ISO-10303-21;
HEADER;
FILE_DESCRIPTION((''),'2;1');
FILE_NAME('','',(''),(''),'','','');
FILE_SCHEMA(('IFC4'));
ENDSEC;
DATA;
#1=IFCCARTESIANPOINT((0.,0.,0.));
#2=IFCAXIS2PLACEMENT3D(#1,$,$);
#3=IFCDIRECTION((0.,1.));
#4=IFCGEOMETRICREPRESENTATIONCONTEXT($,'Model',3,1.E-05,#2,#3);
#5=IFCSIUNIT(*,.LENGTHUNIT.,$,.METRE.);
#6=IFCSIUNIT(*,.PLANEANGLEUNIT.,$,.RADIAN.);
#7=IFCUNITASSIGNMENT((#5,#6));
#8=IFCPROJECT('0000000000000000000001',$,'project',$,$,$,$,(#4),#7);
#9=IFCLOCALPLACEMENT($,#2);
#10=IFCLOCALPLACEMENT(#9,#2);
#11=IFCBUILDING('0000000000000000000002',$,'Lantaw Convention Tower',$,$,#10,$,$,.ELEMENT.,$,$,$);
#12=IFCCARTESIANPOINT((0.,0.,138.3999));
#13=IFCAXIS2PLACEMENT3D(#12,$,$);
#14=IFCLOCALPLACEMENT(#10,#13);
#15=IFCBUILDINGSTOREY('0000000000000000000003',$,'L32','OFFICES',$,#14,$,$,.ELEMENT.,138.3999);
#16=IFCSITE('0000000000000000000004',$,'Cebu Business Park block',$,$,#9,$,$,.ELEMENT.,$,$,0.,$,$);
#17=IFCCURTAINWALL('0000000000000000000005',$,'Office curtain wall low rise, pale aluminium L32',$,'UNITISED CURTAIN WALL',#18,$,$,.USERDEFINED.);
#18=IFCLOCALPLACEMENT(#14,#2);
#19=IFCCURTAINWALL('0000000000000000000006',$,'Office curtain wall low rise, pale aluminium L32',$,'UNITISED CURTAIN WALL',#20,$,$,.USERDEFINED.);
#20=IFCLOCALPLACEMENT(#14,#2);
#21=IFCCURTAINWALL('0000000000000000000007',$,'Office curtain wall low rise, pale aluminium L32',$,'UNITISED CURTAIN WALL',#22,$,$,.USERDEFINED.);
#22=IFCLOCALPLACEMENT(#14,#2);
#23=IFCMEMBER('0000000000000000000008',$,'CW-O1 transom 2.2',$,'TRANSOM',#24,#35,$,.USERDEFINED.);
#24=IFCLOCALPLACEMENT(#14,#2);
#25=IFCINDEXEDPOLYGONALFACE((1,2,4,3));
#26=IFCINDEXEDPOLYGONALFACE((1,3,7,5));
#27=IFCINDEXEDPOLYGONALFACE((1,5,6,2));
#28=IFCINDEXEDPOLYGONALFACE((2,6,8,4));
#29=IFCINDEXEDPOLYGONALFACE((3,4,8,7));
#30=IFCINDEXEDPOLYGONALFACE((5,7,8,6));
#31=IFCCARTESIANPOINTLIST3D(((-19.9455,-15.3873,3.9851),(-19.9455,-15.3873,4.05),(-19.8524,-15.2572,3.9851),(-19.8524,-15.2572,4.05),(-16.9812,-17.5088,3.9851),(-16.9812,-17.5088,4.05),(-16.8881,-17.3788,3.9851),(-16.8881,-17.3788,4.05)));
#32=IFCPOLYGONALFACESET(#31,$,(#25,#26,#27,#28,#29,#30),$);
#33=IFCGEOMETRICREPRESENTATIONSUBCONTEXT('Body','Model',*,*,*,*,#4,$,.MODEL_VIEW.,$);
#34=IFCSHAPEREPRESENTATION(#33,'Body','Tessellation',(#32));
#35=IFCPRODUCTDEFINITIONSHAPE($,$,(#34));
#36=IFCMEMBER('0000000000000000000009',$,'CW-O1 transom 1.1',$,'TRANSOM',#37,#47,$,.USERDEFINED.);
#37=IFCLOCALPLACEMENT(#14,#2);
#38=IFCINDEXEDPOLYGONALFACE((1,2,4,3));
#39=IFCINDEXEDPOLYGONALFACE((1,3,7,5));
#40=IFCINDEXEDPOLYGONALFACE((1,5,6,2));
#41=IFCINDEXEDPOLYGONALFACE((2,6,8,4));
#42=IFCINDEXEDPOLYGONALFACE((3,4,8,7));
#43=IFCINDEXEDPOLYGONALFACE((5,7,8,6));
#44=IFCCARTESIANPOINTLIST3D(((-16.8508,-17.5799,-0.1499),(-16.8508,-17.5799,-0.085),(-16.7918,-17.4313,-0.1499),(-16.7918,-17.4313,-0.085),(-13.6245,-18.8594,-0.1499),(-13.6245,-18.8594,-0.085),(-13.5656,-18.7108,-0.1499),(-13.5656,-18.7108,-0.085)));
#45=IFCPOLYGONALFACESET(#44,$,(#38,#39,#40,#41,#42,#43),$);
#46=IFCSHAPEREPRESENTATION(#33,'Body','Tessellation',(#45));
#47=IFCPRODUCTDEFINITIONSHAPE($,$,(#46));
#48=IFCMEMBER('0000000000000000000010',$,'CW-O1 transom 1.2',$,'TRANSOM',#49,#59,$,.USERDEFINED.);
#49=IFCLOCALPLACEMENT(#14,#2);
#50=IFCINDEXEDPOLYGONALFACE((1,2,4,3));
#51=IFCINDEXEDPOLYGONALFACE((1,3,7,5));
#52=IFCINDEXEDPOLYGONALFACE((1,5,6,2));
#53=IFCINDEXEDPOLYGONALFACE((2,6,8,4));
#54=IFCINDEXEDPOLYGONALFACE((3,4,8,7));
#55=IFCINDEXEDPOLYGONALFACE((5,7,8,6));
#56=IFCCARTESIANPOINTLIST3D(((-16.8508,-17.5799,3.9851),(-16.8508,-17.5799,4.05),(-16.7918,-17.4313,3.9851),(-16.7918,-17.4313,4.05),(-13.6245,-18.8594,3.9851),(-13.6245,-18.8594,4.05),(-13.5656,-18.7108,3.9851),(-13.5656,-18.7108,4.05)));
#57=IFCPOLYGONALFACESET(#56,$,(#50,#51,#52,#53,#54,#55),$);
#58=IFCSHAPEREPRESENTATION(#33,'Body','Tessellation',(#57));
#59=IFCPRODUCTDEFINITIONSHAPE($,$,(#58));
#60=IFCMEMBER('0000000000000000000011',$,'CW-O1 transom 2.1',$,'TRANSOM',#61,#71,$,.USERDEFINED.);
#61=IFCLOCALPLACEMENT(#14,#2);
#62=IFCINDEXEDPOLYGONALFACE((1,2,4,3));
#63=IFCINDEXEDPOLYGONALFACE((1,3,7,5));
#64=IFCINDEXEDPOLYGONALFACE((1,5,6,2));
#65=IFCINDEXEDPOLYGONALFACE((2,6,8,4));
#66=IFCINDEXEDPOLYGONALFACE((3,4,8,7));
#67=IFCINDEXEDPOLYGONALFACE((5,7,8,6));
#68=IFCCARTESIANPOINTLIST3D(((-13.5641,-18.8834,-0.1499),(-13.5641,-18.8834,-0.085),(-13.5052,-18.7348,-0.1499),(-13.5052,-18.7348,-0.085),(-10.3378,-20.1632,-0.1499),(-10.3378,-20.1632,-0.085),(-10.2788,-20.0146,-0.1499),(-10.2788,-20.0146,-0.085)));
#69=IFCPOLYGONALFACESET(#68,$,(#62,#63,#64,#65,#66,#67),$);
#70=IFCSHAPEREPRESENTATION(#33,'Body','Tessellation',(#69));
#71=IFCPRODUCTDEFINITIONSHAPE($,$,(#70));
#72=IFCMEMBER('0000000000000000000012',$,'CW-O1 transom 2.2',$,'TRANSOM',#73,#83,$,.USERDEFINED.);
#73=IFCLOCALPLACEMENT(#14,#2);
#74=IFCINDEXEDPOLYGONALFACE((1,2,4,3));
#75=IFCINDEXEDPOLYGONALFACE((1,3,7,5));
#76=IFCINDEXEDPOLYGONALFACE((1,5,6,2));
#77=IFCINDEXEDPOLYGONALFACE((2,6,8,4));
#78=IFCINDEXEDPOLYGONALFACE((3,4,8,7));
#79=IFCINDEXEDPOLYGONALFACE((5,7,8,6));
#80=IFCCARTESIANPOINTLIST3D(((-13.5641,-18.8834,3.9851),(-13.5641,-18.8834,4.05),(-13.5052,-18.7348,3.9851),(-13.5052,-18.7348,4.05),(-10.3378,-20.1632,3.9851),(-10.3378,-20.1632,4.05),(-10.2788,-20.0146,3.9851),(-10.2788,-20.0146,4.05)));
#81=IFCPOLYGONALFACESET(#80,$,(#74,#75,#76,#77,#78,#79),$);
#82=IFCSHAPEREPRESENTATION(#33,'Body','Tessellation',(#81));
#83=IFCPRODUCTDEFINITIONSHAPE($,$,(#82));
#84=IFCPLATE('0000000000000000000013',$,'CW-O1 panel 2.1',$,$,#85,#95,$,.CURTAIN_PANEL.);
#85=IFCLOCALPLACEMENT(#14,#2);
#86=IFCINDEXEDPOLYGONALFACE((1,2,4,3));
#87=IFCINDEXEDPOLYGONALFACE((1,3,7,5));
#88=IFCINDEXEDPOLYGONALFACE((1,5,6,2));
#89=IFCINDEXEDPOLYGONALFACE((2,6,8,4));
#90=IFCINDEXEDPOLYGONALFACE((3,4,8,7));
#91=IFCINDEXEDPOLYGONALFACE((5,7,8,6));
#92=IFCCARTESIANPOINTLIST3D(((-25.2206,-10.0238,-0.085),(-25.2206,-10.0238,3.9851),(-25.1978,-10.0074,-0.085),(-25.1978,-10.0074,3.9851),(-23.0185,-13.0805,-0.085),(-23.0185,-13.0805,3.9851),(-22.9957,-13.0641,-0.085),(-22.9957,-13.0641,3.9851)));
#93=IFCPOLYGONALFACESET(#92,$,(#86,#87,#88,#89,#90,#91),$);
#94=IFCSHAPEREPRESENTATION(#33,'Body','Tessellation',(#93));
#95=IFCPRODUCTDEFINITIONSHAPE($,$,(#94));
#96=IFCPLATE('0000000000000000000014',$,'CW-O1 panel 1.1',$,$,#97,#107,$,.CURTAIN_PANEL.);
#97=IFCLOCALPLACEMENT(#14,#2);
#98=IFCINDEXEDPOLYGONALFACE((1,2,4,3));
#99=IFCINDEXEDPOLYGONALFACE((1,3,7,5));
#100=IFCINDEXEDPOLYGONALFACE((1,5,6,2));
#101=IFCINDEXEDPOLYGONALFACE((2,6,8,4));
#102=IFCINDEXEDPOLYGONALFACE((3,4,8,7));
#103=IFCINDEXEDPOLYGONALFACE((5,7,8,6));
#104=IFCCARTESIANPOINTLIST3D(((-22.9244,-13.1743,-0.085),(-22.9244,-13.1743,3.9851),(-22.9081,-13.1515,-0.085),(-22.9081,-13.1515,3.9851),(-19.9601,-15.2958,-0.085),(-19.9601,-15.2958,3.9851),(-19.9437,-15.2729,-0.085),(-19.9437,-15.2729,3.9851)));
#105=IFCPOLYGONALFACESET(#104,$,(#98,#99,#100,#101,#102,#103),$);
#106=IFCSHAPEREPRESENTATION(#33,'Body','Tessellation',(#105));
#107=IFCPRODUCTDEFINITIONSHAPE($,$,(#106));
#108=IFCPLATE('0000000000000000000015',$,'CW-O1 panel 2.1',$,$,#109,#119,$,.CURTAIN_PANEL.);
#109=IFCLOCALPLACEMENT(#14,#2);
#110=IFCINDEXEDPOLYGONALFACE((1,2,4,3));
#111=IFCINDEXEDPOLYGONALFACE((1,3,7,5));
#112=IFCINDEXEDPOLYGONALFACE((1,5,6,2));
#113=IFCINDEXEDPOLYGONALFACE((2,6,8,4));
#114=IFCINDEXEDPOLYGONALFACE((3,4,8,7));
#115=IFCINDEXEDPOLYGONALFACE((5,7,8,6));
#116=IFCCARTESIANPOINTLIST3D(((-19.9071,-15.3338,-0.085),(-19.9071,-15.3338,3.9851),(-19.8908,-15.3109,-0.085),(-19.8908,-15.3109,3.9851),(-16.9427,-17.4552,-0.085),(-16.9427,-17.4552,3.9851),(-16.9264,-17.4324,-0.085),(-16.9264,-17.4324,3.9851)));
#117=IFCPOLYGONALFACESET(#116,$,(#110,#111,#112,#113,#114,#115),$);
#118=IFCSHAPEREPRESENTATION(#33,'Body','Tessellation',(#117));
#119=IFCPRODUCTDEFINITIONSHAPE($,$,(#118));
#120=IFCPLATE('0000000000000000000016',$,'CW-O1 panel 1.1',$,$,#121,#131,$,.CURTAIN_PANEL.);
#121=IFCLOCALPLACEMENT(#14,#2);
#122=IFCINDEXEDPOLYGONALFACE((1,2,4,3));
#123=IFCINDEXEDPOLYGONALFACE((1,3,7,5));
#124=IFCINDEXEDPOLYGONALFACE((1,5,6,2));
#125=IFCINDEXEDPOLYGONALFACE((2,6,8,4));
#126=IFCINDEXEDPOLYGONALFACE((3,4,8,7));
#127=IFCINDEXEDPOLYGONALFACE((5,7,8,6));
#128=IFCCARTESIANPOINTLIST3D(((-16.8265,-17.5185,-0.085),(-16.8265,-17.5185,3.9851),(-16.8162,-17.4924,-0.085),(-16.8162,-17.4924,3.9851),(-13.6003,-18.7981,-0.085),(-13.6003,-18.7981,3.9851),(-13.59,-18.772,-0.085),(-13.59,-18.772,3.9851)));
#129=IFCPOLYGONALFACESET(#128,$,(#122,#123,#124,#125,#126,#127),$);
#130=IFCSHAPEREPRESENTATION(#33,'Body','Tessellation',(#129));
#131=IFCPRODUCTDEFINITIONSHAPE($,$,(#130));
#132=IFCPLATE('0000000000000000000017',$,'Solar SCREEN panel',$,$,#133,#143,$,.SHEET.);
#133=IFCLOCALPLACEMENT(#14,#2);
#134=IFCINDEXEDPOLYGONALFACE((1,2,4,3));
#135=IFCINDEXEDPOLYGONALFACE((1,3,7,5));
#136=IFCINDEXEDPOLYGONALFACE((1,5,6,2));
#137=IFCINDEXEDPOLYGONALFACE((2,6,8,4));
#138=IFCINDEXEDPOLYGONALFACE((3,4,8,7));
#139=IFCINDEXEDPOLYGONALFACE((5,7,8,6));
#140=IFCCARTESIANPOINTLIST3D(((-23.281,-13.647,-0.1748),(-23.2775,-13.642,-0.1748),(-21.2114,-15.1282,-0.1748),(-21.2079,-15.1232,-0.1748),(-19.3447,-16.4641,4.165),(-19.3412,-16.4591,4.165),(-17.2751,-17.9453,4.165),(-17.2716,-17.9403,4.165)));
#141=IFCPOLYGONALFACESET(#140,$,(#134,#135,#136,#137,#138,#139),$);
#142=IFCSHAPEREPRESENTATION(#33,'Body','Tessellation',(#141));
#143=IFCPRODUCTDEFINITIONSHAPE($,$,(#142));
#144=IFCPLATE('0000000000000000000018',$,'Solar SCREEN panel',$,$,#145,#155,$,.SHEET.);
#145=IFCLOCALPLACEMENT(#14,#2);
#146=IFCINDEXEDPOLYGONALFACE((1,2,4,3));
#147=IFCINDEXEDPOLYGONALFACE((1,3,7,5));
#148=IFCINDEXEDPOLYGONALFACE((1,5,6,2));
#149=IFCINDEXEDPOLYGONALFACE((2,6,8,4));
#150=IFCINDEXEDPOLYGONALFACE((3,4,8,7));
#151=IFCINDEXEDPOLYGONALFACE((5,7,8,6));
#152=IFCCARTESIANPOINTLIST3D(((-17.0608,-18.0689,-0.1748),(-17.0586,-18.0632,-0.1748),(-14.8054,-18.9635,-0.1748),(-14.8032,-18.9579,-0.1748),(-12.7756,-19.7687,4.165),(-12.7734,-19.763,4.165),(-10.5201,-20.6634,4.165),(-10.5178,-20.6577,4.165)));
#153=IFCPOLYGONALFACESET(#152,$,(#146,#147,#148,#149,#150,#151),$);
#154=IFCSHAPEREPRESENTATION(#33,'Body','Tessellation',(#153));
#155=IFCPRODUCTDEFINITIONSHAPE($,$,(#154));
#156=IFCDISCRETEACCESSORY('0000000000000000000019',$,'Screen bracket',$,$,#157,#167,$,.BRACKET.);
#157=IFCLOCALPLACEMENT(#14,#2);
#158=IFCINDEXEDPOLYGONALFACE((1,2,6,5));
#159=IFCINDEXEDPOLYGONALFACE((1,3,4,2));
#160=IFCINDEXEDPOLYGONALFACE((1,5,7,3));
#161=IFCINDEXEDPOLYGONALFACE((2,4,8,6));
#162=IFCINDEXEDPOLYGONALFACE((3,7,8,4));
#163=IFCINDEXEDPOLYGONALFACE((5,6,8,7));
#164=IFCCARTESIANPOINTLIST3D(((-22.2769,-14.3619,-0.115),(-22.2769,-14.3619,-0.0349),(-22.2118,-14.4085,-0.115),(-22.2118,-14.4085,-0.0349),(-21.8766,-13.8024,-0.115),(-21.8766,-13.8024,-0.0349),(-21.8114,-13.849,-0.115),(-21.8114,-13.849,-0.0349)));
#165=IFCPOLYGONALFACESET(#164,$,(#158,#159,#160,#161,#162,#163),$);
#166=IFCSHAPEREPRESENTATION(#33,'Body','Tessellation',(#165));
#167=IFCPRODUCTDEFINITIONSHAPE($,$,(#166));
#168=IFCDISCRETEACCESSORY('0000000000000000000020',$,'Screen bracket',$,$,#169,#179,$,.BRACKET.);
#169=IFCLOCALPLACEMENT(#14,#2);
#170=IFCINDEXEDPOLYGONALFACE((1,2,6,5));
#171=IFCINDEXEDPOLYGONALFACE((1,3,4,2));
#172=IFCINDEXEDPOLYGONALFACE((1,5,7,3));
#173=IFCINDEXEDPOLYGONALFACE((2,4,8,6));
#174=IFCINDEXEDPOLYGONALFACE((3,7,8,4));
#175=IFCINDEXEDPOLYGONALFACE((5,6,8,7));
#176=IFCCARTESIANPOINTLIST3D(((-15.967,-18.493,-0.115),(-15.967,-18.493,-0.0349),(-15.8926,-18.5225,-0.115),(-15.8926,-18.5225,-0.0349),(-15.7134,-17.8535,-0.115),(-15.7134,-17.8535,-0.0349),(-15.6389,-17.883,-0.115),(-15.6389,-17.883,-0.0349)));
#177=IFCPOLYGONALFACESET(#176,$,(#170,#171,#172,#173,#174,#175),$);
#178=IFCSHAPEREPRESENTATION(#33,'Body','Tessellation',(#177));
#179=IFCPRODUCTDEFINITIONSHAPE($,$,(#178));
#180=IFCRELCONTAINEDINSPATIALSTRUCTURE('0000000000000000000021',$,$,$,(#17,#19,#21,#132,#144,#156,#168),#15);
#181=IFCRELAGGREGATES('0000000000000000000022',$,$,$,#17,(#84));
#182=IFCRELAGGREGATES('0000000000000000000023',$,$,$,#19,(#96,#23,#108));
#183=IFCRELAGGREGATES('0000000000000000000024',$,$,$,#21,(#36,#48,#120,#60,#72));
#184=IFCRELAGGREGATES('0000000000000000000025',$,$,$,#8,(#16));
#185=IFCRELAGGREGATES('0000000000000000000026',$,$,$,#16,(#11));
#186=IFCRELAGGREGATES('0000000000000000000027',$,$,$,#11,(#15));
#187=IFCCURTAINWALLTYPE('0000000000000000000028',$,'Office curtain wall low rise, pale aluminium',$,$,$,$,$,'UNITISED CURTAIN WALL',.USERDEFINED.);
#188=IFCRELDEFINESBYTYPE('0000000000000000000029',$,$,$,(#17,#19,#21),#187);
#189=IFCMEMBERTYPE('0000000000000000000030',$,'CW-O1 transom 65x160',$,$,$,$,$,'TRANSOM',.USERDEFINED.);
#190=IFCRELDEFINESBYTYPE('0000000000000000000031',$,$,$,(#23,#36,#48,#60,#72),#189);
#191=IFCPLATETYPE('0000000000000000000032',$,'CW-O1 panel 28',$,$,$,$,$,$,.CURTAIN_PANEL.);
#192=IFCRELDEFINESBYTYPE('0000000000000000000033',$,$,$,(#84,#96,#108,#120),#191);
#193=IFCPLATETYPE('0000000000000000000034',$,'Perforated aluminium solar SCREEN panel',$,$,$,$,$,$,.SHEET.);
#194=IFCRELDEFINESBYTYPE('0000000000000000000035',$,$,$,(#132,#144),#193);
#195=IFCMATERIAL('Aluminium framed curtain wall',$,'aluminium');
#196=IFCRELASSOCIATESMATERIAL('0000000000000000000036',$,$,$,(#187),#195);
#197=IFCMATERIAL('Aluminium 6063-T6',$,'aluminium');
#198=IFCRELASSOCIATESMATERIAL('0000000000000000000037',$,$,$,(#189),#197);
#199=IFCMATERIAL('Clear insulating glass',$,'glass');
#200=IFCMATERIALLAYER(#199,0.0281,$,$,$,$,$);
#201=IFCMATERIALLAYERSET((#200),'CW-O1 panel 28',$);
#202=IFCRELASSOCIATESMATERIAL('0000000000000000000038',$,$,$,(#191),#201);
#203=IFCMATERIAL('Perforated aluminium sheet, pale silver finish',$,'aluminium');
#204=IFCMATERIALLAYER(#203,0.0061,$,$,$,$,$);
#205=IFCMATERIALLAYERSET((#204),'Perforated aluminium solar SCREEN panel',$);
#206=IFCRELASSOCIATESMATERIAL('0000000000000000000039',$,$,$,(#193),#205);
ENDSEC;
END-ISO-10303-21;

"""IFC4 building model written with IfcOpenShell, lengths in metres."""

from ifc_helpers import new_model, si_unit, direction, frame, origin, origin_2d, place, context, subcontext, project, spatial, polyline, rectangle, outline, extrude, material, layer, layer_set, material_profile, profile_set, type_object, element, aggregate, save


model = new_model("IFC4")

# Units and contexts
model_context = context("Model", 3, precision=1e-05, world=origin(), true_north=direction((0.0, 1.0)))
body_context = subcontext(model_context, "Body", "Model", "MODEL_VIEW")
ifc_project = project(units=[si_unit("LENGTHUNIT", "METRE"), si_unit("PLANEANGLEUNIT", "RADIAN")], contexts=[model_context])

# Site, building, storey
site_placement = place(None, origin())
site = spatial("IfcSite", under=ifc_project, at=site_placement, Name="Cebu Business Park block", CompositionType="ELEMENT", RefElevation=0.0)
building_placement = place(site_placement, origin())
building = spatial("IfcBuilding", under=site, at=building_placement, Name="Lantaw Convention Tower", CompositionType="ELEMENT")
storey_placement = place(building_placement, frame((0.0, 0.0, 138.3999)))
storey = spatial("IfcBuildingStorey", under=building, at=storey_placement, Name="L32", Description="OFFICES", CompositionType="ELEMENT", Elevation=138.3999)

# Curtain wall
ifc_material_1 = material(Name="Aluminium framed curtain wall", Category="aluminium")
curtain_wall_type = type_object("IfcCurtainWallType", Name="Office curtain wall low rise, pale aluminium", ElementType="UNITISED CURTAIN WALL", PredefinedType="USERDEFINED", material=ifc_material_1)
curtain_wall_1_placement = place(storey_placement, origin())
curtain_wall_1 = element("IfcCurtainWall", 1, at=curtain_wall_1_placement, inside=storey, type_object=curtain_wall_type, Name="Office curtain wall low rise, pale aluminium L32", ObjectType="UNITISED CURTAIN WALL", PredefinedType="USERDEFINED")
ifc_material_2 = material(Name="Aluminium 6063-T6", Category="aluminium")

# Curtain walls
curtain_wall_2_placement = place(storey_placement, origin())
curtain_wall_2 = element("IfcCurtainWall", 2, at=curtain_wall_2_placement, inside=storey, type_object=curtain_wall_type, Name="Office curtain wall low rise, pale aluminium L32", ObjectType="UNITISED CURTAIN WALL", PredefinedType="USERDEFINED")
curtain_wall_3_placement = place(storey_placement, origin())
curtain_wall_3 = element("IfcCurtainWall", 3, at=curtain_wall_3_placement, inside=storey, type_object=curtain_wall_type, Name="Office curtain wall low rise, pale aluminium L32", ObjectType="UNITISED CURTAIN WALL", PredefinedType="USERDEFINED")

# Members
ifc_material_profile_1 = material_profile(ifc_material_2, rectangle(XDim=0.1599, YDim=0.0649, at=origin_2d()), Name="CW-O1 transom 65x160")
ifc_profile_set_1 = profile_set([ifc_material_profile_1], Name="Aluminium 6063-T6")
member_type_1 = type_object("IfcMemberType", Name="CW-O1 transom 65x160", ElementType="TRANSOM", PredefinedType="USERDEFINED", material=ifc_profile_set_1)
member_1_placement = place(storey_placement, frame((-19.8989, -15.3223, 4.0176), z_axis=(0.81319, -0.581998, 0.0), x_axis=(0.581998, 0.81319, 0.0)))
member_1 = element("IfcMember", 4, at=member_1_placement, type_object=member_type_1, Name="CW-O1 transom 2.2", ObjectType="TRANSOM", PredefinedType="USERDEFINED", context=body_context, shape_type="SweptSolid", body=[
    extrude(rectangle(XDim=0.1599, YDim=0.0649, at=origin_2d()), origin(), (0.0, 0.0, 1.0), 3.6453),
])
member_2_placement = place(storey_placement, frame((-16.8213, -17.5056, -0.1174), z_axis=(0.929564, -0.36866, 0.0), x_axis=(0.36866, 0.929564, 0.0)))
member_2 = element("IfcMember", 5, at=member_2_placement, type_object=member_type_1, Name="CW-O1 transom 1.1", ObjectType="TRANSOM", PredefinedType="USERDEFINED", context=body_context, shape_type="SweptSolid", body=[
    extrude(rectangle(XDim=0.1599, YDim=0.0649, at=origin_2d()), origin(), (0.0, 0.0, 1.0), 3.4707),
])
member_3_placement = place(storey_placement, frame((-16.8213, -17.5056, 4.0176), z_axis=(0.929564, -0.36866, 0.0), x_axis=(0.36866, 0.929564, 0.0)))
member_3 = element("IfcMember", 6, at=member_3_placement, type_object=member_type_1, Name="CW-O1 transom 1.2", ObjectType="TRANSOM", PredefinedType="USERDEFINED", context=body_context, shape_type="SweptSolid", body=[
    extrude(rectangle(XDim=0.1599, YDim=0.0649, at=origin_2d()), origin(), (0.0, 0.0, 1.0), 3.4707),
])
member_4_placement = place(storey_placement, frame((-13.5347, -18.8091, -0.1174), z_axis=(0.92954, -0.368721, 0.0), x_axis=(0.368721, 0.92954, 0.0)))
member_4 = element("IfcMember", 7, at=member_4_placement, type_object=member_type_1, Name="CW-O1 transom 2.1", ObjectType="TRANSOM", PredefinedType="USERDEFINED", context=body_context, shape_type="SweptSolid", body=[
    extrude(rectangle(XDim=0.1599, YDim=0.0649, at=origin_2d()), origin(), (0.0, 0.0, 1.0), 3.4709),
])
member_5_placement = place(storey_placement, frame((-13.5347, -18.8091, 4.0176), z_axis=(0.92954, -0.368721, 0.0), x_axis=(0.368721, 0.92954, 0.0)))
member_5 = element("IfcMember", 8, at=member_5_placement, type_object=member_type_1, Name="CW-O1 transom 2.2", ObjectType="TRANSOM", PredefinedType="USERDEFINED", context=body_context, shape_type="SweptSolid", body=[
    extrude(rectangle(XDim=0.1599, YDim=0.0649, at=origin_2d()), origin(), (0.0, 0.0, 1.0), 3.4709),
])

# Plates
ifc_material_3 = material(Name="Clear insulating glass", Category="glass")
ifc_layer_1 = layer(ifc_material_3, 0.0281)
ifc_layer_set_1 = layer_set([ifc_layer_1], Name="CW-O1 panel 28")
plate_type_1 = type_object("IfcPlateType", Name="CW-O1 panel 28", PredefinedType="CURTAIN_PANEL", material=ifc_layer_set_1)
plate_1_placement = place(storey_placement, frame((-24.1082, -11.5439, -0.085), z_axis=(0.0, 0.0, 1.0), x_axis=(0.584513, -0.811385, 0.0)))
plate_1 = element("IfcPlate", 9, at=plate_1_placement, type_object=plate_type_1, Name="CW-O1 panel 2.1", PredefinedType="CURTAIN_PANEL", context=body_context, shape_type="SweptSolid", body=[
    extrude(rectangle(XDim=3.7673, YDim=0.0281, at=origin_2d()), origin(), (0.0, 0.0, 1.0), 4.0701),
])
aggregate(curtain_wall_1, [plate_1])
plate_2_placement = place(storey_placement, frame((-21.4341, -14.2236, -0.085), z_axis=(0.0, 0.0, 1.0), x_axis=(0.813208, -0.581973, 0.0)))
plate_2 = element("IfcPlate", 10, at=plate_2_placement, type_object=plate_type_1, Name="CW-O1 panel 1.1", PredefinedType="CURTAIN_PANEL", context=body_context, shape_type="SweptSolid", body=[
    extrude(rectangle(XDim=3.6453, YDim=0.0281, at=origin_2d()), origin(), (0.0, 0.0, 1.0), 4.0701),
])
plate_3_placement = place(storey_placement, frame((-18.4167, -16.3831, -0.085), z_axis=(0.0, 0.0, 1.0), x_axis=(0.813208, -0.581973, 0.0)))
plate_3 = element("IfcPlate", 11, at=plate_3_placement, type_object=plate_type_1, Name="CW-O1 panel 2.1", PredefinedType="CURTAIN_PANEL", context=body_context, shape_type="SweptSolid", body=[
    extrude(rectangle(XDim=3.6453, YDim=0.0281, at=origin_2d()), origin(), (0.0, 0.0, 1.0), 4.0701),
])
aggregate(curtain_wall_2, [plate_2, member_1, plate_3])
plate_4_placement = place(storey_placement, frame((-15.2083, -18.1453, -0.085), z_axis=(0.0, 0.0, 1.0), x_axis=(0.929548, -0.368702, 0.0)))
plate_4 = element("IfcPlate", 12, at=plate_4_placement, type_object=plate_type_1, Name="CW-O1 panel 1.1", PredefinedType="CURTAIN_PANEL", context=body_context, shape_type="SweptSolid", body=[
    extrude(rectangle(XDim=3.4707, YDim=0.0281, at=origin_2d()), origin(), (0.0, 0.0, 1.0), 4.0701),
])
aggregate(curtain_wall_3, [member_2, member_3, plate_4, member_4, member_5])

# Plates
ifc_material_4 = material(Name="Perforated aluminium sheet, pale silver finish", Category="aluminium")
ifc_layer_2 = layer(ifc_material_4, 0.0061)
ifc_layer_set_2 = layer_set([ifc_layer_2], Name="Perforated aluminium solar SCREEN panel")
plate_type_2 = type_object("IfcPlateType", Name="Perforated aluminium solar SCREEN panel", PredefinedType="SHEET", material=ifc_layer_set_2)
plate_5_placement = place(storey_placement, frame((-23.281, -13.647, -0.1748), z_axis=(-0.582, -0.813189, 0.000012), x_axis=(0.813189, -0.582, 0.0)))
element("IfcPlate", 13, at=plate_5_placement, inside=storey, type_object=plate_type_2, Name="Solar SCREEN panel", PredefinedType="SHEET", context=body_context, shape_type="SweptSolid", body=[
    extrude(outline(polyline([(0.0, 0.0), (2.545, 0.0), (7.3855, 4.3398), (4.8405, 4.3398), (0.0, 0.0)])), origin(), (0.0, 0.0, -1.0), 0.0061),
])
plate_6_placement = place(storey_placement, frame((-17.0586, -18.0632, -0.1748), z_axis=(0.368709, 0.929545, 0.000011), x_axis=(0.929545, -0.368709, 0.0)))
element("IfcPlate", 14, at=plate_6_placement, inside=storey, type_object=plate_type_2, Name="Solar SCREEN panel", PredefinedType="SHEET", context=body_context, shape_type="SweptSolid", body=[
    extrude(outline(polyline([(0.0, 0.0), (2.4264, 0.0), (7.0365, -4.3398), (4.61, -4.3398), (0.0, 0.0)])), origin(), (0.0, 0.0, -1.0), 0.0061),
])

# Discrete accessories
for number, where, z_axis, x_axis, name in (
    (15, (-22.0442, -14.1055, -0.115), (0.0, 0.0, 1.0), (0.813208, -0.581973, 0.0), "Screen bracket"),
    (16, (-15.803, -18.188, -0.115), (0.0, 0.0, 1.0), (0.929548, -0.368702, 0.0), "Screen bracket"),
):
    element("IfcDiscreteAccessory", number, at=place(storey_placement, frame(where, z_axis=z_axis, x_axis=x_axis)), inside=storey, Name=name, PredefinedType="BRACKET", context=body_context, shape_type="SweptSolid", body=[
        extrude(rectangle(XDim=0.0801, YDim=0.688, at=origin_2d()), origin(), (0.0, 0.0, 1.0), 0.0801),
    ])

save(model, "model.ifc")
